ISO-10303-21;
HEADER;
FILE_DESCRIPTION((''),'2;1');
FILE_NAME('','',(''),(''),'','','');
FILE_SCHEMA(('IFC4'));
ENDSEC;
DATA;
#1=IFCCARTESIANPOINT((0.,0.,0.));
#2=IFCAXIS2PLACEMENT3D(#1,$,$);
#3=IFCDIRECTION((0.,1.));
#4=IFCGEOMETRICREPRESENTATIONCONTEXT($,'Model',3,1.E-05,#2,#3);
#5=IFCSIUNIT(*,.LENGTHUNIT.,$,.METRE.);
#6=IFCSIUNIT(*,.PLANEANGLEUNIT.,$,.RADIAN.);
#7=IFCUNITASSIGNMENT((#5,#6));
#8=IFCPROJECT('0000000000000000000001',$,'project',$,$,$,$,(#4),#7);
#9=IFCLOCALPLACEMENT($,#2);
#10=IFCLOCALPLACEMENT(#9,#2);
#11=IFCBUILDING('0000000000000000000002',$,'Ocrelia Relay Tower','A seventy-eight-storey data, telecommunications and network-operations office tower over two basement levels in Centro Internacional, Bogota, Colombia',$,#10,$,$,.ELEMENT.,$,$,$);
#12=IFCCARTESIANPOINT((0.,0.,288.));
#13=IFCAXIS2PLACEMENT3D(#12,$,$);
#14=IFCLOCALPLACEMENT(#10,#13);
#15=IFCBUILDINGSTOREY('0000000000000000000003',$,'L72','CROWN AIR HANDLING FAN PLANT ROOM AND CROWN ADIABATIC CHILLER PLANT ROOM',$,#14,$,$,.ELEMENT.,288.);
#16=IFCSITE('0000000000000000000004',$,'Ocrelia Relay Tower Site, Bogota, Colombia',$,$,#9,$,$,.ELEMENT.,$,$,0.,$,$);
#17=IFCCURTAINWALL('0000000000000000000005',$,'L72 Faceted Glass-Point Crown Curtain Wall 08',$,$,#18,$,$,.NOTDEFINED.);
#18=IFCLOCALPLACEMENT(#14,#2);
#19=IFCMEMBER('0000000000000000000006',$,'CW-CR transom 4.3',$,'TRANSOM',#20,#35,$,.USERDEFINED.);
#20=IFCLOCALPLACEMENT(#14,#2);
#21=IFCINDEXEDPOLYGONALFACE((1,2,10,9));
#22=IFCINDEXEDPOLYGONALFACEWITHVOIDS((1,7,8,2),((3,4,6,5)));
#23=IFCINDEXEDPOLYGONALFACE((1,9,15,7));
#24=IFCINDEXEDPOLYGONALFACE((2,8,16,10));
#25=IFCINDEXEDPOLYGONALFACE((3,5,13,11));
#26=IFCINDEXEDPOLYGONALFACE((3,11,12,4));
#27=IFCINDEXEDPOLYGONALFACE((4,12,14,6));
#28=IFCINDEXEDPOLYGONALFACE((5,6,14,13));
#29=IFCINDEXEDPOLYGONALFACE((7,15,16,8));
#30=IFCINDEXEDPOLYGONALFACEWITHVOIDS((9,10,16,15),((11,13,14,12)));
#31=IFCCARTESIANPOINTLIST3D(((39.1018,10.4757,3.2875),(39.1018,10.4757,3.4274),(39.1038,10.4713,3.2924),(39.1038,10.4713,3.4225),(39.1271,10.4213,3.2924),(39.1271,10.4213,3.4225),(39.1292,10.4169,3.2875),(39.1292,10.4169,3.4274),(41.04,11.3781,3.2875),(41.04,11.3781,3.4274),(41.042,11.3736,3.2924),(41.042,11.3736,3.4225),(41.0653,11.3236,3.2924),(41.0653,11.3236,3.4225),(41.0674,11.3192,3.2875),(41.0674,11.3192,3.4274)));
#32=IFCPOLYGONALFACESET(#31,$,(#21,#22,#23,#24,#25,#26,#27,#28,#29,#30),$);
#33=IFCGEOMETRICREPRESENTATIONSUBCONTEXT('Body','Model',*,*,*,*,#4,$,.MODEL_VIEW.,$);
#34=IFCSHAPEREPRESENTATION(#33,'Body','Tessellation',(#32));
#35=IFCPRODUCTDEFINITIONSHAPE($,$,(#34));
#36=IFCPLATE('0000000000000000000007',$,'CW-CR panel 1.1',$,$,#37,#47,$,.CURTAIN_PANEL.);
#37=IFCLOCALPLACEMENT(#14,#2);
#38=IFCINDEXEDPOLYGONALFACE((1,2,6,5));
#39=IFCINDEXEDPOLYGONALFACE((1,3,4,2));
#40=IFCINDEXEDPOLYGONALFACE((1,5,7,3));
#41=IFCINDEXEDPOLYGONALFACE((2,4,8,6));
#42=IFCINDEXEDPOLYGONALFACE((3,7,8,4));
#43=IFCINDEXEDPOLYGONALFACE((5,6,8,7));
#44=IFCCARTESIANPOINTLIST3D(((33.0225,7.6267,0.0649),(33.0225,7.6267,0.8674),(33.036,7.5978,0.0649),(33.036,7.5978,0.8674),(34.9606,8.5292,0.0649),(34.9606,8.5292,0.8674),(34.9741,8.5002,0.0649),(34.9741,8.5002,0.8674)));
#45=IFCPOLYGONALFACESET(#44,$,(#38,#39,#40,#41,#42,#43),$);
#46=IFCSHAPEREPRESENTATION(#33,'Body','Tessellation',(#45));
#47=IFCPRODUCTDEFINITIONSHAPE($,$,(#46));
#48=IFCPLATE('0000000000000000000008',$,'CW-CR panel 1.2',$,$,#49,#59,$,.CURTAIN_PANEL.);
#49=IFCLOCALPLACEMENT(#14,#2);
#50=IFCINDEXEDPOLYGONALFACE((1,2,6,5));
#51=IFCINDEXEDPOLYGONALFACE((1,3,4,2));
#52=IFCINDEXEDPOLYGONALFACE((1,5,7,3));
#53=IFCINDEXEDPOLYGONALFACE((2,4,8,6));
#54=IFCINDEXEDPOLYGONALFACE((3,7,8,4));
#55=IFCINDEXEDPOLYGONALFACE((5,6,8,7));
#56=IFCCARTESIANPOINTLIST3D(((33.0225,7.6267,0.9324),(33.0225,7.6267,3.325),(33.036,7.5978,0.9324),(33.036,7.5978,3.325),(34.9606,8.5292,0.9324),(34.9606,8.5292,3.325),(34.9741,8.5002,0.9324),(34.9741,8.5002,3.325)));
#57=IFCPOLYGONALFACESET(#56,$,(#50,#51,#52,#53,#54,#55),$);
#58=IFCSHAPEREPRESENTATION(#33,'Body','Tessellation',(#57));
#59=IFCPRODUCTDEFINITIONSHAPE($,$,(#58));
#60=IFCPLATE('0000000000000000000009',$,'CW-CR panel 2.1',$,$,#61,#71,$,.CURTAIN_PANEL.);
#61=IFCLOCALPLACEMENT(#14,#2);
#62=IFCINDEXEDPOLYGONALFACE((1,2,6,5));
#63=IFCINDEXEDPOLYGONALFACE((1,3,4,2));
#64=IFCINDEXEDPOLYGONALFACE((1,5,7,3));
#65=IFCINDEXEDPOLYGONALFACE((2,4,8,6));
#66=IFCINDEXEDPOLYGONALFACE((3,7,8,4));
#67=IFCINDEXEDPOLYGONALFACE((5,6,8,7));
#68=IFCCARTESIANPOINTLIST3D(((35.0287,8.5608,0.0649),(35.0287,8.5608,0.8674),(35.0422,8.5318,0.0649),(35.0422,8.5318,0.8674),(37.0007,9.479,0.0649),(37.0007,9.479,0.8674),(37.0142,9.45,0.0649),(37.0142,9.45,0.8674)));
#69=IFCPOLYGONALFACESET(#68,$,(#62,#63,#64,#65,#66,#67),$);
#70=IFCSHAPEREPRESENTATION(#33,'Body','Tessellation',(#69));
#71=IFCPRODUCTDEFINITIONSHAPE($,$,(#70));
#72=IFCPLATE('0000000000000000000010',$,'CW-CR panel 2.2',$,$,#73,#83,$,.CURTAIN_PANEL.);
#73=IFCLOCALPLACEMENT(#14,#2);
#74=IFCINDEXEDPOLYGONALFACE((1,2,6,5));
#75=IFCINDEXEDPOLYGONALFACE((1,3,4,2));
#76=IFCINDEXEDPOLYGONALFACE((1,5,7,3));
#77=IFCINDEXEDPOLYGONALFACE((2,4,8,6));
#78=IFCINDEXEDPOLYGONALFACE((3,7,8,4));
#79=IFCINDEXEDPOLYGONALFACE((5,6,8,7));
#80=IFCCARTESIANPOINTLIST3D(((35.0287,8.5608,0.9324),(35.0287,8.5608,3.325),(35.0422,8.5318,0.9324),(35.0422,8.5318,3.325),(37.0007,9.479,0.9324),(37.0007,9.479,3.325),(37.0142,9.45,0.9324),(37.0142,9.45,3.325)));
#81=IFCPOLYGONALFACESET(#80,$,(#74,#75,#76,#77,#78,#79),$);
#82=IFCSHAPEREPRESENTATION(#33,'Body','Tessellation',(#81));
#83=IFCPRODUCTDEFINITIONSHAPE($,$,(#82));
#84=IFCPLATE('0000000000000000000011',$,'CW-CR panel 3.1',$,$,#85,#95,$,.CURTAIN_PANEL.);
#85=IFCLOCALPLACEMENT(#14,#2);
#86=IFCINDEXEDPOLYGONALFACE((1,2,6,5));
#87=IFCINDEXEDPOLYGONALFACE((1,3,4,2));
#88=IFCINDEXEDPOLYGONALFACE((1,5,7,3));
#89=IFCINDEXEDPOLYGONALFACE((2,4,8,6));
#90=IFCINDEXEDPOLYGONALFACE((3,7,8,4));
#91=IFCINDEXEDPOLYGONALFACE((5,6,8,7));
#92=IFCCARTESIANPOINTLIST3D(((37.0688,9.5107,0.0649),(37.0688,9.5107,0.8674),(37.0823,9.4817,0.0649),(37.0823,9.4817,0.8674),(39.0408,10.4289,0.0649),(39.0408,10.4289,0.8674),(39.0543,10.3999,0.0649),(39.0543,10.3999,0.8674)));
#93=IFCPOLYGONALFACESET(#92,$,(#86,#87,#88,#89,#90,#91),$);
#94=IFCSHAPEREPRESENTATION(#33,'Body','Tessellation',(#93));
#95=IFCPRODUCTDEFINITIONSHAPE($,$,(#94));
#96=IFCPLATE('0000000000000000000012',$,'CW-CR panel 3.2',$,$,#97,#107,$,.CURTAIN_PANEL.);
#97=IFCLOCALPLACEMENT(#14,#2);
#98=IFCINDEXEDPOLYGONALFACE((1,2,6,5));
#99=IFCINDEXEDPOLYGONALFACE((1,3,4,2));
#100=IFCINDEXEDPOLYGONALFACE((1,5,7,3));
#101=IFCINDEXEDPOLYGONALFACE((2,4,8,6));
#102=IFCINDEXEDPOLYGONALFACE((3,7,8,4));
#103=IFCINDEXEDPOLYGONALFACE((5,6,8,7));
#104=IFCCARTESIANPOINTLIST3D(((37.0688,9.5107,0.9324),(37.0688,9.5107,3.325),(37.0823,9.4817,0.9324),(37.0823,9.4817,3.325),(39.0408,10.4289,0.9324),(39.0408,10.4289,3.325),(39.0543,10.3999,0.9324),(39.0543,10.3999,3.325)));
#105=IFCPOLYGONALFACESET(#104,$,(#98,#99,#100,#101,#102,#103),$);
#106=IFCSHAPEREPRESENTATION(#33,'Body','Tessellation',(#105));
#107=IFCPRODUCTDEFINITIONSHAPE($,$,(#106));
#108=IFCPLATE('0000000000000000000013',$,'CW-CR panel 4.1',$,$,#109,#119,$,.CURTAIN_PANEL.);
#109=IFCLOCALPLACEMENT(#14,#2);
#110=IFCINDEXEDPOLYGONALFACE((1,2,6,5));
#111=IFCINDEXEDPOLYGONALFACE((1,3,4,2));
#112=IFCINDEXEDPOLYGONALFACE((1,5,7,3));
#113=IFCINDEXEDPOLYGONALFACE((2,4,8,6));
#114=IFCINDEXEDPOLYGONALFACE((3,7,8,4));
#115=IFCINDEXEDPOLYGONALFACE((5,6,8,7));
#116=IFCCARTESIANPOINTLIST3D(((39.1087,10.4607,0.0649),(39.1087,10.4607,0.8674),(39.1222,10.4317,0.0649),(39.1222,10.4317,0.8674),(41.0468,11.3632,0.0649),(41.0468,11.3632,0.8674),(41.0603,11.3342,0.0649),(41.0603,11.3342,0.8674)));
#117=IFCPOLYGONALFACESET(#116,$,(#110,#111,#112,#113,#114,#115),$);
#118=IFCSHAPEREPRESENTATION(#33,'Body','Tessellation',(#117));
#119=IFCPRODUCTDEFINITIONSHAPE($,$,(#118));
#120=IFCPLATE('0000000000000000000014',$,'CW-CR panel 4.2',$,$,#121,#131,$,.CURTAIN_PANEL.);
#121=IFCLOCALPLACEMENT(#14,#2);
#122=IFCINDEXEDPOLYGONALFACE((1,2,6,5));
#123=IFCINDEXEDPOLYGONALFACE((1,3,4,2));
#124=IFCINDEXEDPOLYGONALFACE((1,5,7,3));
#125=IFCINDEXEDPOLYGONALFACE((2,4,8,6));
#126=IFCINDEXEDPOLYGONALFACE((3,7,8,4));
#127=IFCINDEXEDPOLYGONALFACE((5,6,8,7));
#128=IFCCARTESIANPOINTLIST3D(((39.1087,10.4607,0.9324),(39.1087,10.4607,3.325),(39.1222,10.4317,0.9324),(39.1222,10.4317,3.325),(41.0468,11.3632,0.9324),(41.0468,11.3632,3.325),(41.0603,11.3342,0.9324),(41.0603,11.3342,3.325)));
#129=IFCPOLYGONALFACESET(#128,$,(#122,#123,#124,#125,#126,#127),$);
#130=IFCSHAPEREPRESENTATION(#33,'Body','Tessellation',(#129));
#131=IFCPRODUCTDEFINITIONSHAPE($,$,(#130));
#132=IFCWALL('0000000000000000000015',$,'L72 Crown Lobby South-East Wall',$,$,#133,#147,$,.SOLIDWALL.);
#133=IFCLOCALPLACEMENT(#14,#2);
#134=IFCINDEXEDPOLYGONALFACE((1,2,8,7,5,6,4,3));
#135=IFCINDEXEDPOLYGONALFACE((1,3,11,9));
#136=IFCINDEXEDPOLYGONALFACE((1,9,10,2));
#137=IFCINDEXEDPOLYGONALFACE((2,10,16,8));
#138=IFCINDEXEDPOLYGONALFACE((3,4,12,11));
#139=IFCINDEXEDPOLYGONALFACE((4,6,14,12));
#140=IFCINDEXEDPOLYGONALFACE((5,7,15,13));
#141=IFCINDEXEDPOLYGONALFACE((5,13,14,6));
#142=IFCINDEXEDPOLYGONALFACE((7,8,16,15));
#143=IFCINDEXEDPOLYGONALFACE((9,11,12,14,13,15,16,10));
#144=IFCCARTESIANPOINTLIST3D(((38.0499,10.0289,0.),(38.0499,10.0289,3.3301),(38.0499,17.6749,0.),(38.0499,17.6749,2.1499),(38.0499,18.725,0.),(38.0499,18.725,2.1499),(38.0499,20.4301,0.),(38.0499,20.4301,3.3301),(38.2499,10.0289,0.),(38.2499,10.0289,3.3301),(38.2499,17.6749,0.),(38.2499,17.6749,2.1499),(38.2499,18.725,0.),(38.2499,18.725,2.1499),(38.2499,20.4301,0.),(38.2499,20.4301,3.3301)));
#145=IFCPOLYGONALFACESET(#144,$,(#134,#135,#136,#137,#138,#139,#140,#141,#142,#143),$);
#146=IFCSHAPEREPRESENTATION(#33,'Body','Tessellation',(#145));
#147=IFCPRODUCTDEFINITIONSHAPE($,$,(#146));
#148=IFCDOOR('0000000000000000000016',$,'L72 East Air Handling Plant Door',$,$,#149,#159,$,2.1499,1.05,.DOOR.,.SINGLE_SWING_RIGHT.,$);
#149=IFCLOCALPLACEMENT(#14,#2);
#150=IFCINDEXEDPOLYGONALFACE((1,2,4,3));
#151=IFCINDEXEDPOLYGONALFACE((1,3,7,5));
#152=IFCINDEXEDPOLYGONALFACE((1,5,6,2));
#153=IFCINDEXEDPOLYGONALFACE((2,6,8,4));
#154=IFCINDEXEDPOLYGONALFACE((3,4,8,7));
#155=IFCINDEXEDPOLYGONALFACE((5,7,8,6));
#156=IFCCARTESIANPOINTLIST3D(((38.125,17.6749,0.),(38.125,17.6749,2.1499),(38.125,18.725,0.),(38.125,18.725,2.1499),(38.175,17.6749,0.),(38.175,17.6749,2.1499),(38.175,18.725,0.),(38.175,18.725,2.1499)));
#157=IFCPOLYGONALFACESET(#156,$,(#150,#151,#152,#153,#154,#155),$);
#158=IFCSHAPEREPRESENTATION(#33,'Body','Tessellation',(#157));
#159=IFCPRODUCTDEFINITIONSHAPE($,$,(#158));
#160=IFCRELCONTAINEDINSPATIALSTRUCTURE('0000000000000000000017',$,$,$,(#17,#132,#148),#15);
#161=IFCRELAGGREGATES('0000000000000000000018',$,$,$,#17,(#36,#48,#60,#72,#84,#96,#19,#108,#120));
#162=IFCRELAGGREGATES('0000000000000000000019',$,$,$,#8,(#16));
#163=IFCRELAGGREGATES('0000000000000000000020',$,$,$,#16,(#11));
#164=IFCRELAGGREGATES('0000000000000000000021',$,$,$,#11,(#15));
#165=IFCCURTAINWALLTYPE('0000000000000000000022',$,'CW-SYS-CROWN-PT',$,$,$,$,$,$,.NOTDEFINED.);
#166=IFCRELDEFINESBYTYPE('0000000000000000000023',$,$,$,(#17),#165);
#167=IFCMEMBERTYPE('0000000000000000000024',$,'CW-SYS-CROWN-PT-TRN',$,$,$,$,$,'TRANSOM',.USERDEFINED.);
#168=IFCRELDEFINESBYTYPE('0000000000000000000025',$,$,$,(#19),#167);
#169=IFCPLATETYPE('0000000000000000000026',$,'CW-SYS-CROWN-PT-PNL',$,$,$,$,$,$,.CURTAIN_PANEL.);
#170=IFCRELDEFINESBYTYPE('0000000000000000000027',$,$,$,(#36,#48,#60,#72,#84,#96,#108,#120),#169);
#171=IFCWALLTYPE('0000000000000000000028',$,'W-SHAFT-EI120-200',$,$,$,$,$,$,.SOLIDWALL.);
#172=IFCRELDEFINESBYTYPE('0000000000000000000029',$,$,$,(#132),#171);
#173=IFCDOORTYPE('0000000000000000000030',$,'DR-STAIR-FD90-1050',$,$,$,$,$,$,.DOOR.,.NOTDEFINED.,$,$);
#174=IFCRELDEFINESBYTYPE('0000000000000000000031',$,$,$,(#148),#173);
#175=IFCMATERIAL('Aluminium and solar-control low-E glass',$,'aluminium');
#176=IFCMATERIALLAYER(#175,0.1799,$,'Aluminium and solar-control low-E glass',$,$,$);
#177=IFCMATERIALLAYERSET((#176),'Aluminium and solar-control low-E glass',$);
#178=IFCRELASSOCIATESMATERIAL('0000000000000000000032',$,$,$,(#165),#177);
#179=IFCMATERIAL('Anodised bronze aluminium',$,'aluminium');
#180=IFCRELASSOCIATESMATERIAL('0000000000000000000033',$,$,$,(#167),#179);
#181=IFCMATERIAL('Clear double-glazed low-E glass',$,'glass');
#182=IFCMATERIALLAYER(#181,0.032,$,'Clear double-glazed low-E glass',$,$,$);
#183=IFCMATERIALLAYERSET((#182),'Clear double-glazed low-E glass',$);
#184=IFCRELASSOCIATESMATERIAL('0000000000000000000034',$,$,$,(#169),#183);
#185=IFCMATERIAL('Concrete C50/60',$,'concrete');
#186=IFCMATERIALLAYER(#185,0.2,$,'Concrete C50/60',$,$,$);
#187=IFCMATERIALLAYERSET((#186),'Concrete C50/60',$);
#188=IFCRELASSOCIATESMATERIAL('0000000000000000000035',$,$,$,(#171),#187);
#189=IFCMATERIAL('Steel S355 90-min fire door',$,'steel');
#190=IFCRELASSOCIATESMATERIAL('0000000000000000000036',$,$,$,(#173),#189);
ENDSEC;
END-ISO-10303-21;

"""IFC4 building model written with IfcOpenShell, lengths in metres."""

from ifc_helpers import new_model, si_unit, direction, frame, frame_2d, origin, origin_2d, place, context, subcontext, project, spatial, rectangle, hollow_rectangle, extrude, material, layer, layer_set, material_profile, profile_set, type_object, element, fill, aggregate, save


model = new_model("IFC4")

# Units and contexts
model_context = context("Model", 3, precision=1e-05, world=origin(), true_north=direction((0.0, 1.0)))
body_context = subcontext(model_context, "Body", "Model", "MODEL_VIEW")
ifc_project = project(units=[si_unit("LENGTHUNIT", "METRE"), si_unit("PLANEANGLEUNIT", "RADIAN")], contexts=[model_context])

# Site, building, storey
site_placement = place(None, origin())
site = spatial("IfcSite", under=ifc_project, at=site_placement, Name="Ocrelia Relay Tower Site, Bogota, Colombia", CompositionType="ELEMENT", RefElevation=0.0)
building_placement = place(site_placement, origin())
building = spatial("IfcBuilding", under=site, at=building_placement, Name="Ocrelia Relay Tower", Description="A seventy-eight-storey data, telecommunications and network-operations office tower over two basement levels in Centro Internacional, Bogota, Colombia", CompositionType="ELEMENT")
storey_placement = place(building_placement, frame((0.0, 0.0, 288.0)))
storey = spatial("IfcBuildingStorey", under=building, at=storey_placement, Name="L72", Description="CROWN AIR HANDLING FAN PLANT ROOM AND CROWN ADIABATIC CHILLER PLANT ROOM", CompositionType="ELEMENT", Elevation=288.0)

# Curtain wall, member, plates
ifc_material_1 = material(Name="Aluminium and solar-control low-E glass", Category="aluminium")
ifc_layer_1 = layer(ifc_material_1, 0.1799, Name="Aluminium and solar-control low-E glass")
ifc_layer_set_1 = layer_set([ifc_layer_1], Name="Aluminium and solar-control low-E glass")
curtain_wall_type = type_object("IfcCurtainWallType", Name="CW-SYS-CROWN-PT", PredefinedType="NOTDEFINED", material=ifc_layer_set_1)
curtain_wall_placement = place(storey_placement, origin())
curtain_wall = element("IfcCurtainWall", 1, at=curtain_wall_placement, inside=storey, type_object=curtain_wall_type, Name="L72 Faceted Glass-Point Crown Curtain Wall 08", PredefinedType="NOTDEFINED")
ifc_material_2 = material(Name="Anodised bronze aluminium", Category="aluminium")
ifc_material_profile_1 = material_profile(ifc_material_2, hollow_rectangle(XDim=0.0649, YDim=0.1399, WallThickness=0.0049, at=origin_2d()), Name="CW-TRN-140x65")
ifc_profile_set_1 = profile_set([ifc_material_profile_1], Name="Anodised bronze aluminium")
member_type_1 = type_object("IfcMemberType", Name="CW-SYS-CROWN-PT-TRN", ElementType="TRANSOM", PredefinedType="USERDEFINED", material=ifc_profile_set_1)
member_1_placement = place(storey_placement, frame((39.1155, 10.4463, 3.3574), z_axis=(0.906571, 0.422054, 0.0), x_axis=(-0.422054, 0.906571, 0.0)))
member_1 = element("IfcMember", 2, at=member_1_placement, type_object=member_type_1, Name="CW-CR transom 4.3", ObjectType="TRANSOM", PredefinedType="USERDEFINED", context=body_context, shape_type="SweptSolid", body=[
    extrude(hollow_rectangle(XDim=0.0649, YDim=0.1399, WallThickness=0.0049, at=origin_2d()), origin(), (0.0, 0.0, 1.0), 2.1379),
])
ifc_material_3 = material(Name="Clear double-glazed low-E glass", Category="glass")
ifc_layer_2 = layer(ifc_material_3, 0.032, Name="Clear double-glazed low-E glass")
ifc_layer_set_2 = layer_set([ifc_layer_2], Name="Clear double-glazed low-E glass")
plate_type = type_object("IfcPlateType", Name="CW-SYS-CROWN-PT-PNL", PredefinedType="CURTAIN_PANEL", material=ifc_layer_set_2)
plate_1_placement = place(storey_placement, frame((33.9983, 8.0635, 0.0649), z_axis=(0.0, 0.0, 1.0), x_axis=(0.906542, 0.422115, 0.0)))
plate_1 = element("IfcPlate", 3, at=plate_1_placement, type_object=plate_type, Name="CW-CR panel 1.1", PredefinedType="CURTAIN_PANEL", context=body_context, shape_type="SweptSolid", body=[
    extrude(rectangle(XDim=2.1379, YDim=0.032, at=origin_2d()), origin(), (0.0, 0.0, 1.0), 0.8025),
])
plate_2_placement = place(storey_placement, frame((33.9983, 8.0635, 0.9324), z_axis=(0.0, 0.0, 1.0), x_axis=(0.906542, 0.422115, 0.0)))
plate_2 = element("IfcPlate", 4, at=plate_2_placement, type_object=plate_type, Name="CW-CR panel 1.2", PredefinedType="CURTAIN_PANEL", context=body_context, shape_type="SweptSolid", body=[
    extrude(rectangle(XDim=2.1379, YDim=0.032, at=origin_2d()), origin(), (0.0, 0.0, 1.0), 2.3926),
])
plate_3_placement = place(storey_placement, frame((36.0215, 9.0054, 0.0649), z_axis=(0.0, 0.0, 1.0), x_axis=(0.906542, 0.422115, 0.0)))
plate_3 = element("IfcPlate", 5, at=plate_3_placement, type_object=plate_type, Name="CW-CR panel 2.1", PredefinedType="CURTAIN_PANEL", context=body_context, shape_type="SweptSolid", body=[
    extrude(rectangle(XDim=2.1753, YDim=0.032, at=origin_2d()), origin(), (0.0, 0.0, 1.0), 0.8025),
])
plate_4_placement = place(storey_placement, frame((36.0215, 9.0054, 0.9324), z_axis=(0.0, 0.0, 1.0), x_axis=(0.906542, 0.422115, 0.0)))
plate_4 = element("IfcPlate", 6, at=plate_4_placement, type_object=plate_type, Name="CW-CR panel 2.2", PredefinedType="CURTAIN_PANEL", context=body_context, shape_type="SweptSolid", body=[
    extrude(rectangle(XDim=2.1753, YDim=0.032, at=origin_2d()), origin(), (0.0, 0.0, 1.0), 2.3926),
])
plate_5_placement = place(storey_placement, frame((38.0615, 9.9553, 0.0649), z_axis=(0.0, 0.0, 1.0), x_axis=(0.906542, 0.422115, 0.0)))
plate_5 = element("IfcPlate", 7, at=plate_5_placement, type_object=plate_type, Name="CW-CR panel 3.1", PredefinedType="CURTAIN_PANEL", context=body_context, shape_type="SweptSolid", body=[
    extrude(rectangle(XDim=2.1753, YDim=0.032, at=origin_2d()), origin(), (0.0, 0.0, 1.0), 0.8025),
])
plate_6_placement = place(storey_placement, frame((38.0615, 9.9553, 0.9324), z_axis=(0.0, 0.0, 1.0), x_axis=(0.906542, 0.422115, 0.0)))
plate_6 = element("IfcPlate", 8, at=plate_6_placement, type_object=plate_type, Name="CW-CR panel 3.2", PredefinedType="CURTAIN_PANEL", context=body_context, shape_type="SweptSolid", body=[
    extrude(rectangle(XDim=2.1753, YDim=0.032, at=origin_2d()), origin(), (0.0, 0.0, 1.0), 2.3926),
])
plate_7_placement = place(storey_placement, frame((40.0845, 10.8975, 0.0649), z_axis=(0.0, 0.0, 1.0), x_axis=(0.906542, 0.422115, 0.0)))
plate_7 = element("IfcPlate", 9, at=plate_7_placement, type_object=plate_type, Name="CW-CR panel 4.1", PredefinedType="CURTAIN_PANEL", context=body_context, shape_type="SweptSolid", body=[
    extrude(rectangle(XDim=2.1379, YDim=0.032, at=origin_2d()), origin(), (0.0, 0.0, 1.0), 0.8025),
])
plate_8_placement = place(storey_placement, frame((40.0845, 10.8975, 0.9324), z_axis=(0.0, 0.0, 1.0), x_axis=(0.906542, 0.422115, 0.0)))
plate_8 = element("IfcPlate", 10, at=plate_8_placement, type_object=plate_type, Name="CW-CR panel 4.2", PredefinedType="CURTAIN_PANEL", context=body_context, shape_type="SweptSolid", body=[
    extrude(rectangle(XDim=2.1379, YDim=0.032, at=origin_2d()), origin(), (0.0, 0.0, 1.0), 2.3926),
])
aggregate(curtain_wall, [plate_1, plate_2, plate_3, plate_4, plate_5, plate_6, member_1, plate_7, plate_8])

# Wall, opening, door
ifc_material_4 = material(Name="Concrete C50/60", Category="concrete")
ifc_layer_3 = layer(ifc_material_4, 0.2, Name="Concrete C50/60")
ifc_layer_set_3 = layer_set([ifc_layer_3], Name="Concrete C50/60")
wall_type = type_object("IfcWallType", Name="W-SHAFT-EI120-200", PredefinedType="SOLIDWALL", material=ifc_layer_set_3)
wall_placement = place(storey_placement, frame((38.1499, 10.0288, 0.0), z_axis=(0.0, 0.0, 1.0), x_axis=(0.0, 1.0, 0.0)))
wall = element("IfcWall", 11, at=wall_placement, inside=storey, type_object=wall_type, Name="L72 Crown Lobby South-East Wall", PredefinedType="SOLIDWALL", context=body_context, shape_type="SweptSolid", body=[
    extrude(rectangle(XDim=10.4011, YDim=0.2, at=frame_2d((5.2007, 0.0))), origin(), (0.0, 0.0, 1.0), 3.3301),
])
opening_placement = place(wall_placement, frame((7.6462, 0.0, 0.0)))
opening = element("IfcOpeningElement", 12, at=opening_placement, cuts=wall, PredefinedType="OPENING", context=body_context, shape_type="SweptSolid", body=[
    extrude(rectangle(XDim=1.05, YDim=2.1499, at=frame_2d((0.5249, 1.075))), frame((0.0, 0.1099, 0.0), z_axis=(0.0, -1.0, 0.0), x_axis=(1.0, 0.0, 0.0)), (0.0, 0.0, 1.0), 0.22),
])
ifc_material_5 = material(Name="Steel S355 90-min fire door", Category="steel")
door_type = type_object("IfcDoorType", Name="DR-STAIR-FD90-1050", OperationType="NOTDEFINED", PredefinedType="DOOR", material=ifc_material_5)
door_placement = place(opening_placement, origin())
door = element("IfcDoor", 13, at=door_placement, inside=storey, type_object=door_type, Name="L72 East Air Handling Plant Door", OperationType="SINGLE_SWING_RIGHT", OverallHeight=2.1499, OverallWidth=1.05, PredefinedType="DOOR", context=body_context, shape_type="SweptSolid", body=[
    extrude(rectangle(XDim=1.05, YDim=2.1499, at=frame_2d((0.5249, 1.075))), frame((0.0, 0.0249, 0.0), z_axis=(0.0, -1.0, 0.0), x_axis=(1.0, 0.0, 0.0)), (0.0, 0.0, 1.0), 0.05),
])
fill(opening, door)

save(model, "model.ifc")
